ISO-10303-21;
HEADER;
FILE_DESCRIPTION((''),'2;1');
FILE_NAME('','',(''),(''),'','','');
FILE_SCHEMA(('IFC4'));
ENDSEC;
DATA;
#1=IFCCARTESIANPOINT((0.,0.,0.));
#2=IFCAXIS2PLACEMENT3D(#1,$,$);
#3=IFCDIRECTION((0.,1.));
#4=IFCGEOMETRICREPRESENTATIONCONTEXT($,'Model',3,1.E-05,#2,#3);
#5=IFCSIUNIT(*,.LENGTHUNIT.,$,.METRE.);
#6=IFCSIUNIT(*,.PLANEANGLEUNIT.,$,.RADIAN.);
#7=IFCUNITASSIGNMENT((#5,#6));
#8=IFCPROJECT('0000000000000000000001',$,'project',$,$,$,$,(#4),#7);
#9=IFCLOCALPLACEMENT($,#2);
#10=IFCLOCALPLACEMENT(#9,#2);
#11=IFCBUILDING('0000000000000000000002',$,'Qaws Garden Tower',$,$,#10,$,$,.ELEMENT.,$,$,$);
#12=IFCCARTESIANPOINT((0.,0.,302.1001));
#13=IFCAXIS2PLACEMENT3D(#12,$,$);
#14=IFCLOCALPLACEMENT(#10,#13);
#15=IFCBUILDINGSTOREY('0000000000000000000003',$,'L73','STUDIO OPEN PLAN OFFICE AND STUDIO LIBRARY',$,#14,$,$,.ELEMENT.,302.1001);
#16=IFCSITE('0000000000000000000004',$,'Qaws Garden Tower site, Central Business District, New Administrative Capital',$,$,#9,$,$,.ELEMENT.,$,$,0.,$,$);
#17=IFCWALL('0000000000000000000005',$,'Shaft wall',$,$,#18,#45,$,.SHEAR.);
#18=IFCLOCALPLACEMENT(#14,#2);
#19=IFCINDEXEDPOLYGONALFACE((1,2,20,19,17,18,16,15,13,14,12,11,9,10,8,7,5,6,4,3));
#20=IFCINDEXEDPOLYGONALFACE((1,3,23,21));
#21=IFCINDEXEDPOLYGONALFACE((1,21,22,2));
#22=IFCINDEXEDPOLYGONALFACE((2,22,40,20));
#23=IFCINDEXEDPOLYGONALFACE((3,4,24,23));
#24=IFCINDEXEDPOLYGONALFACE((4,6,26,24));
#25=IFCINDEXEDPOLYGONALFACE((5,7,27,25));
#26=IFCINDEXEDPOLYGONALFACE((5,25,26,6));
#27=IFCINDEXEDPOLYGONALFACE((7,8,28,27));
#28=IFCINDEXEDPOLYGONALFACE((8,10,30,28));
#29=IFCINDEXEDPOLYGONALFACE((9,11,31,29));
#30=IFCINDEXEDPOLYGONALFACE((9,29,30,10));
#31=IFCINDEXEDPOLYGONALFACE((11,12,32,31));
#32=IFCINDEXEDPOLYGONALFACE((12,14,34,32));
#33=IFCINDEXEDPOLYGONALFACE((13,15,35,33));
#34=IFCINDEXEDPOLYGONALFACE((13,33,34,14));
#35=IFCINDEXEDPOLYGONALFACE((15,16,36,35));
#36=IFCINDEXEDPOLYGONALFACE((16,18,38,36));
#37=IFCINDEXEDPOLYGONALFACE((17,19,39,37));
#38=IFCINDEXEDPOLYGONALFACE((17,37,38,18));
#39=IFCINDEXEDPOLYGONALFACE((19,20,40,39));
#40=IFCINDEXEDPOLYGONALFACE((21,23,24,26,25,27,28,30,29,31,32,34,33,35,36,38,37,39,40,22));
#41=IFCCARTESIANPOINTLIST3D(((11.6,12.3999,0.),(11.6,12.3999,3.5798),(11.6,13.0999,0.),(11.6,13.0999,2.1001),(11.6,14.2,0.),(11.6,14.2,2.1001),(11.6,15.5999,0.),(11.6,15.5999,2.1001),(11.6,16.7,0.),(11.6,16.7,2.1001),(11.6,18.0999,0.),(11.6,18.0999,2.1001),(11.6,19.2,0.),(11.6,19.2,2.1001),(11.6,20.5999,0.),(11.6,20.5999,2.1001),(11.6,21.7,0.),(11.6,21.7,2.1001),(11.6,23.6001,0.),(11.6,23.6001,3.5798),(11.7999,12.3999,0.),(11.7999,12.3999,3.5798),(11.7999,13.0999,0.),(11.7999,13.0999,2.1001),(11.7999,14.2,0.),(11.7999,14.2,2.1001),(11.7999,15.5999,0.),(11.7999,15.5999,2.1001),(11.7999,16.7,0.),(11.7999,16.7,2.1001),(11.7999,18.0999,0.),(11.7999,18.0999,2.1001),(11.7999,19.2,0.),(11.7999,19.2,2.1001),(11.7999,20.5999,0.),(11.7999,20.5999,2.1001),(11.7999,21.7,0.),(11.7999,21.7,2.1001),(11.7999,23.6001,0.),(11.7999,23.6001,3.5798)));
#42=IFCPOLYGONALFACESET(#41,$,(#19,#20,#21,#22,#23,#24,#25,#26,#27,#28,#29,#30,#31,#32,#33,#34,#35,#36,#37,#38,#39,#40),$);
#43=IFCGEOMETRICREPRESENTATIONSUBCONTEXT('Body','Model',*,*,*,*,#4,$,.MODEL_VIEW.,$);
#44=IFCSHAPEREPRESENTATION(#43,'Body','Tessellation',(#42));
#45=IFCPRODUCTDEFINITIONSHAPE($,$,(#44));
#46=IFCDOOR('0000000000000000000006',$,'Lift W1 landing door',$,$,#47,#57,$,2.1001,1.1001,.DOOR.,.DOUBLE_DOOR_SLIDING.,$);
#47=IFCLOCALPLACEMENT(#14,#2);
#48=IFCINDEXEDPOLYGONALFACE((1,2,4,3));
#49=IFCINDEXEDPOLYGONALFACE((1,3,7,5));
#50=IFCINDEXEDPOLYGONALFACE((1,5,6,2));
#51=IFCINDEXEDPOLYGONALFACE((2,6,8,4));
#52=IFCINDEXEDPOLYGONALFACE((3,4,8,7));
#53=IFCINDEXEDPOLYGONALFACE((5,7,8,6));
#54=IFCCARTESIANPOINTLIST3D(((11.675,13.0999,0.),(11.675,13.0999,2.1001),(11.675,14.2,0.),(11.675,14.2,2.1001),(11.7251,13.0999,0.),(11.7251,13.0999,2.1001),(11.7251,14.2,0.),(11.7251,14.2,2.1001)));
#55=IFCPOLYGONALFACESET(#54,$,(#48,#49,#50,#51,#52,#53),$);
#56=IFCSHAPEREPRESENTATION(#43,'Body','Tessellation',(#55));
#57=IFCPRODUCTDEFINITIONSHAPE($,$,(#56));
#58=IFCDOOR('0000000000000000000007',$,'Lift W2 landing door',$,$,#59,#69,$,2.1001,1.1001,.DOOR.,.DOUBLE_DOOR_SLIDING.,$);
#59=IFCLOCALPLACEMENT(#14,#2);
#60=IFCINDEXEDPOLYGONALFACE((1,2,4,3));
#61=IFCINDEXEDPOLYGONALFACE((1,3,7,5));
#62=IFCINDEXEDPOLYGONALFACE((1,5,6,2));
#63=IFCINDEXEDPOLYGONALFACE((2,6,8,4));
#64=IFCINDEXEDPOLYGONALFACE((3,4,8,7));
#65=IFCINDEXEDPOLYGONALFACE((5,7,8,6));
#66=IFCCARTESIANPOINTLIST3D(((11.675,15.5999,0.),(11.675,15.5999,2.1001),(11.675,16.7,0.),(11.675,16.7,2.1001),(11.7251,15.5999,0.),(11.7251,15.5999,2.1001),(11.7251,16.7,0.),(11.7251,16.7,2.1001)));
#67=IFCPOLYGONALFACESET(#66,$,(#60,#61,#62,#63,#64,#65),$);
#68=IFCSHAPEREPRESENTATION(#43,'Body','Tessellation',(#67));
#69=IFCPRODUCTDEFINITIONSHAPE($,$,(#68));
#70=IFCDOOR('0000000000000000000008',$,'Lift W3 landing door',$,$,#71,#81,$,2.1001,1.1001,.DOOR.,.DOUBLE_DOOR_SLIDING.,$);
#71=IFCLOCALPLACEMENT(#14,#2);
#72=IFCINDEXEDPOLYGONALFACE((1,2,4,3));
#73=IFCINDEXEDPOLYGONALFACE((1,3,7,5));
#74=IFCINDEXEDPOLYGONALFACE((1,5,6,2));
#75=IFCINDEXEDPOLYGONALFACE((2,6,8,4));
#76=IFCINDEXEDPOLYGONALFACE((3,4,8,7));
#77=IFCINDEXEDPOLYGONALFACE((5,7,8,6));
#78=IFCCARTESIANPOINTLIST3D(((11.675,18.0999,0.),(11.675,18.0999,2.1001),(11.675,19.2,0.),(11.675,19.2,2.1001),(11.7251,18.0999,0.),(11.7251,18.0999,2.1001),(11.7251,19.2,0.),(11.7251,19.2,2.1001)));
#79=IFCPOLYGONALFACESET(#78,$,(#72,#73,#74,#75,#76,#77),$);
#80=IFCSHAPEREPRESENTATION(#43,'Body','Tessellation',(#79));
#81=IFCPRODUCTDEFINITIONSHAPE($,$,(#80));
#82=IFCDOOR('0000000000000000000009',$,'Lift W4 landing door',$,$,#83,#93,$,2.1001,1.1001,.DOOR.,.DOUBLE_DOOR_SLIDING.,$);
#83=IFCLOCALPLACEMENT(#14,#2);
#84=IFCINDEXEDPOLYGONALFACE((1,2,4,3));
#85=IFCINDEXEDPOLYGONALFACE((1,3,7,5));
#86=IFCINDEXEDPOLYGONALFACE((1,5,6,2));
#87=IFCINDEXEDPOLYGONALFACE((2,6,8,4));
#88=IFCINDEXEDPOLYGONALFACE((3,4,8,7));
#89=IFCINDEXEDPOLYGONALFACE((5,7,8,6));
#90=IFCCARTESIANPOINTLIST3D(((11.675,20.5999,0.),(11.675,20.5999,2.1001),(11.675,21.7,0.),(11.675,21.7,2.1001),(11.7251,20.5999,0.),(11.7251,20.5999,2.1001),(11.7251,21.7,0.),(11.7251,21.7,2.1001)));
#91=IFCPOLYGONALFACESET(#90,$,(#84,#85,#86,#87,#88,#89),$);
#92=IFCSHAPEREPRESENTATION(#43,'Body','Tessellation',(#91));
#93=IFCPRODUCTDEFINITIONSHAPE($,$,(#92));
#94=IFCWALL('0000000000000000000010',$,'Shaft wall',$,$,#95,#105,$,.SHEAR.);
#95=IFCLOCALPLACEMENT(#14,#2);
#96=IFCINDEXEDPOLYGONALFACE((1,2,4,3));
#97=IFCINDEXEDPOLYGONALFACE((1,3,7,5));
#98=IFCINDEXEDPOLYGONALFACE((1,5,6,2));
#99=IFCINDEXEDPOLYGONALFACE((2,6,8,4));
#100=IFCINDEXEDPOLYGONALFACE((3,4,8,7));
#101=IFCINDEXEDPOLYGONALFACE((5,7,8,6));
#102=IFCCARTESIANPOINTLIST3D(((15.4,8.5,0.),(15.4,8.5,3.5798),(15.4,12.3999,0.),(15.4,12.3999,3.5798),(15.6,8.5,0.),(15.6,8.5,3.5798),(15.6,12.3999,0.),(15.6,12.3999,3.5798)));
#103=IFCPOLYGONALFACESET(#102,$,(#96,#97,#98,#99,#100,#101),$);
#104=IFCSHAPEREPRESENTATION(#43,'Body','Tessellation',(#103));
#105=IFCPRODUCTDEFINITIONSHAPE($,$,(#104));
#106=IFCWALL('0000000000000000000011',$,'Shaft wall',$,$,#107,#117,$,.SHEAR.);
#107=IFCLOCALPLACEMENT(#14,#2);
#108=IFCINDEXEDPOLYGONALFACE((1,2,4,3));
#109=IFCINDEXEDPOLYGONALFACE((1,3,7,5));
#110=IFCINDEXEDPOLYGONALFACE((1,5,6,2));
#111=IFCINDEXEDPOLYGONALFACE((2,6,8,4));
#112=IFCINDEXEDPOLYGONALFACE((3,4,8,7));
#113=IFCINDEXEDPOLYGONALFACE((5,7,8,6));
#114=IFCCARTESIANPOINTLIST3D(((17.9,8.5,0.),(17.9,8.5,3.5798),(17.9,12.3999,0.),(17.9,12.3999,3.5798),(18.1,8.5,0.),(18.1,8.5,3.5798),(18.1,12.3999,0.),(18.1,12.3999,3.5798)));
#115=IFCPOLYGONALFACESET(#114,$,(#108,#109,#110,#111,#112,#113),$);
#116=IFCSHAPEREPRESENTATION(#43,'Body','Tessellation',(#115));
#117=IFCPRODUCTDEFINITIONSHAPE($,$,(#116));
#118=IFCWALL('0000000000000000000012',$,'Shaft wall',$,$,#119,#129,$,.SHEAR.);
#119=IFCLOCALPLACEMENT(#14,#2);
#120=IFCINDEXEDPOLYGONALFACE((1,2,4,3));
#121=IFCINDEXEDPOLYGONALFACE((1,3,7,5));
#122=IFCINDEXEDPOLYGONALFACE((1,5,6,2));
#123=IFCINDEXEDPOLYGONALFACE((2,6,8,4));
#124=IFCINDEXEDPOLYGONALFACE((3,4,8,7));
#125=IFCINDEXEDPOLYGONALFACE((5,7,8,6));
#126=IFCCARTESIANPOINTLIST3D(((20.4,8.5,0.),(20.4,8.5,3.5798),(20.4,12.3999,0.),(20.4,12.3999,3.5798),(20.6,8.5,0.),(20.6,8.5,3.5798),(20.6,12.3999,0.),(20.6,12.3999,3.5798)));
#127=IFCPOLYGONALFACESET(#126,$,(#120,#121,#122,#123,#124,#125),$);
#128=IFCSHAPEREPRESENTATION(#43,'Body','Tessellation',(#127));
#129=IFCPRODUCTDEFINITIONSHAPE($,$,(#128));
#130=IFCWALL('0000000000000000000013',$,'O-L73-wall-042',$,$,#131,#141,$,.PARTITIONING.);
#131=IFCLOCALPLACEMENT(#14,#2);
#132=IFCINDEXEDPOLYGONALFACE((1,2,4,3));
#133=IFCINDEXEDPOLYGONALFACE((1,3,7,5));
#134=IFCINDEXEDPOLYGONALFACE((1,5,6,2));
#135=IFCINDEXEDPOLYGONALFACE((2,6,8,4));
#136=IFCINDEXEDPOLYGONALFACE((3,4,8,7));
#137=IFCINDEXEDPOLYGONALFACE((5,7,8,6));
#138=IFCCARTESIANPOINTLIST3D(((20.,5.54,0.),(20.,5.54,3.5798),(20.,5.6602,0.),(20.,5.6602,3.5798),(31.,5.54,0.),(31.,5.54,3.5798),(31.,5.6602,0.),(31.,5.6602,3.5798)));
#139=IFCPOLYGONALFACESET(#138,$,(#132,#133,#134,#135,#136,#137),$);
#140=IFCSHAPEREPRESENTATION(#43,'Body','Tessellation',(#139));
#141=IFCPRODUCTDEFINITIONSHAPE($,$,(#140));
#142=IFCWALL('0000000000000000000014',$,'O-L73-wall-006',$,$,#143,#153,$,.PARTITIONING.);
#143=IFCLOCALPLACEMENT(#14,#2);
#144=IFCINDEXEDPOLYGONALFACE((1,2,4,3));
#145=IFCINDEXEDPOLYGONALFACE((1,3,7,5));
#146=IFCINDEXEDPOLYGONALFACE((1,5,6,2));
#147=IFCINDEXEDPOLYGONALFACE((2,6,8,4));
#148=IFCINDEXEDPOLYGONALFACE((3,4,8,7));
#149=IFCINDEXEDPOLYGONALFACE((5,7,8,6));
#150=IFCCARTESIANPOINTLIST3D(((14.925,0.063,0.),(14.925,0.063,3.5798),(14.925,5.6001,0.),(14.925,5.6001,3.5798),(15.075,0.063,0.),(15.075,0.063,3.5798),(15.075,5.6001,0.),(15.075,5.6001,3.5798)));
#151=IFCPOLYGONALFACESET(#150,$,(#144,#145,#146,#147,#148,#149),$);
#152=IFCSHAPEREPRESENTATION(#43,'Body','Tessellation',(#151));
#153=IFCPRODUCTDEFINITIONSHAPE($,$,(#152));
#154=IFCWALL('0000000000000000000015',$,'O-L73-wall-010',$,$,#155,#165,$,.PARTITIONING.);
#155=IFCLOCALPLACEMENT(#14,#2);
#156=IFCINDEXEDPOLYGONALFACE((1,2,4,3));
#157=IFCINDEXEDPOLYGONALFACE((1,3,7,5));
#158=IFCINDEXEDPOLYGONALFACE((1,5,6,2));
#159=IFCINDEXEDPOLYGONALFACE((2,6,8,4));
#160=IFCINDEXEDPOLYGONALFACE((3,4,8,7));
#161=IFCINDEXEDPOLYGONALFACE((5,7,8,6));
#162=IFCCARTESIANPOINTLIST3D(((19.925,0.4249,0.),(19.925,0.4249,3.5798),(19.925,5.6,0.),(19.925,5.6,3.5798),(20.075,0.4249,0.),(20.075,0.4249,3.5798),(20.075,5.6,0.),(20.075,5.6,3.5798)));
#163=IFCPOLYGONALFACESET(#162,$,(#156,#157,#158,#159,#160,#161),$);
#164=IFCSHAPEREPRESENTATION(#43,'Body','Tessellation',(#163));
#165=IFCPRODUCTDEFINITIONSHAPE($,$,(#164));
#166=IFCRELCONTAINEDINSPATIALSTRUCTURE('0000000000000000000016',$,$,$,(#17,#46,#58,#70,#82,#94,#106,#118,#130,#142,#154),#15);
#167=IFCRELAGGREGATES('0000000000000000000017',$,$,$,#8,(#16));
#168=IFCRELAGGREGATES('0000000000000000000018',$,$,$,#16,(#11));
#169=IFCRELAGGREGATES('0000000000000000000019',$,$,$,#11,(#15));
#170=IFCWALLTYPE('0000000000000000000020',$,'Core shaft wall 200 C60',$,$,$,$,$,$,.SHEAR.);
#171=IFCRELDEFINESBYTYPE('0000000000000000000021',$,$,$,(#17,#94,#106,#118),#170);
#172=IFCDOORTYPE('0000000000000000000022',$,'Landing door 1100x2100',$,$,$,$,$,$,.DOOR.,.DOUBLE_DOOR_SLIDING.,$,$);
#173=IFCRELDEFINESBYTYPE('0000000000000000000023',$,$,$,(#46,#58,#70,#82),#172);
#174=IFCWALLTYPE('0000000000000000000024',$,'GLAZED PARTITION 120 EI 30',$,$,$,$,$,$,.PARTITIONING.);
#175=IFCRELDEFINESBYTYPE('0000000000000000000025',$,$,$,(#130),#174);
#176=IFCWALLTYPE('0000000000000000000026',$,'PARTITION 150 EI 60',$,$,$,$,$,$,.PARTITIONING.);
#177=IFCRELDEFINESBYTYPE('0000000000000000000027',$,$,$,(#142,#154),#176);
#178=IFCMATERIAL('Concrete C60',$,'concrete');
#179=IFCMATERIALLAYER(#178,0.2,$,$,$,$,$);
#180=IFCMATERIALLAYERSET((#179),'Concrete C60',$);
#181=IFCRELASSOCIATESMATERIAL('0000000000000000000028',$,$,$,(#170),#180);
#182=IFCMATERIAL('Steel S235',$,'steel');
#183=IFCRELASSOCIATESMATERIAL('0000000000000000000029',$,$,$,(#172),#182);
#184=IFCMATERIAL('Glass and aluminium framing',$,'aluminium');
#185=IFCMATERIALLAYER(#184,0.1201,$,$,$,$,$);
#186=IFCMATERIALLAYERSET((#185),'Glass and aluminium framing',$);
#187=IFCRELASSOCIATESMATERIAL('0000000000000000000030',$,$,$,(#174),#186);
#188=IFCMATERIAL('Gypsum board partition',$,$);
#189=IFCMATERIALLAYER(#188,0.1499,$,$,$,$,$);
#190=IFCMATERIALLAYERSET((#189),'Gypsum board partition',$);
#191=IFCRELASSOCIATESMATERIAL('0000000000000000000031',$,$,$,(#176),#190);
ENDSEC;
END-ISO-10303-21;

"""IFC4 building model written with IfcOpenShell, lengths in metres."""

from ifc_helpers import new_model, si_unit, direction, frame, frame_2d, origin, place, context, subcontext, project, spatial, rectangle, extrude, material, layer, layer_set, type_object, element, fill, save


model = new_model("IFC4")

# Units and contexts
model_context = context("Model", 3, precision=1e-05, world=origin(), true_north=direction((0.0, 1.0)))
body_context = subcontext(model_context, "Body", "Model", "MODEL_VIEW")
ifc_project = project(units=[si_unit("LENGTHUNIT", "METRE"), si_unit("PLANEANGLEUNIT", "RADIAN")], contexts=[model_context])

# Site, building, storey
site_placement = place(None, origin())
site = spatial("IfcSite", under=ifc_project, at=site_placement, Name="Qaws Garden Tower site, Central Business District, New Administrative Capital", CompositionType="ELEMENT", RefElevation=0.0)
building_placement = place(site_placement, origin())
building = spatial("IfcBuilding", under=site, at=building_placement, Name="Qaws Garden Tower", CompositionType="ELEMENT")
storey_placement = place(building_placement, frame((0.0, 0.0, 302.1001)))
storey = spatial("IfcBuildingStorey", under=building, at=storey_placement, Name="L73", Description="STUDIO OPEN PLAN OFFICE AND STUDIO LIBRARY", CompositionType="ELEMENT", Elevation=302.1001)

# Wall, openings, doors
ifc_material_1 = material(Name="Concrete C60", Category="concrete")
ifc_layer_1 = layer(ifc_material_1, 0.2)
ifc_layer_set_1 = layer_set([ifc_layer_1], Name="Concrete C60")
wall_type_1 = type_object("IfcWallType", Name="Core shaft wall 200 C60", PredefinedType="SHEAR", material=ifc_layer_set_1)
wall_1_placement = place(storey_placement, frame((11.7, 12.3999, 0.0), z_axis=(0.0, 0.0, 1.0), x_axis=(0.0, 1.0, 0.0)))
wall_1 = element("IfcWall", 1, at=wall_1_placement, inside=storey, type_object=wall_type_1, Name="Shaft wall", PredefinedType="SHEAR", context=body_context, shape_type="SweptSolid", body=[
    extrude(rectangle(XDim=11.2002, YDim=0.2, at=frame_2d((5.6001, 0.0))), origin(), (0.0, 0.0, 1.0), 3.5798),
])
opening_1_placement = place(wall_1_placement, frame((0.7, 0.0, 0.0)))
opening_1 = element("IfcOpeningElement", 2, at=opening_1_placement, cuts=wall_1, PredefinedType="OPENING", context=body_context, shape_type="SweptSolid", body=[
    extrude(rectangle(XDim=1.1001, YDim=2.1001, at=frame_2d((0.55, 1.05))), frame((0.0, 0.1099, 0.0), z_axis=(0.0, -1.0, 0.0), x_axis=(1.0, 0.0, 0.0)), (0.0, 0.0, 1.0), 0.22),
])
opening_2_placement = place(wall_1_placement, frame((3.2, 0.0, 0.0)))
opening_2 = element("IfcOpeningElement", 3, at=opening_2_placement, cuts=wall_1, PredefinedType="OPENING", context=body_context, shape_type="SweptSolid", body=[
    extrude(rectangle(XDim=1.1001, YDim=2.1001, at=frame_2d((0.55, 1.05))), frame((0.0, 0.1099, 0.0), z_axis=(0.0, -1.0, 0.0), x_axis=(1.0, 0.0, 0.0)), (0.0, 0.0, 1.0), 0.22),
])
opening_3_placement = place(wall_1_placement, frame((5.7, 0.0, 0.0)))
opening_3 = element("IfcOpeningElement", 4, at=opening_3_placement, cuts=wall_1, PredefinedType="OPENING", context=body_context, shape_type="SweptSolid", body=[
    extrude(rectangle(XDim=1.1001, YDim=2.1001, at=frame_2d((0.55, 1.05))), frame((0.0, 0.1099, 0.0), z_axis=(0.0, -1.0, 0.0), x_axis=(1.0, 0.0, 0.0)), (0.0, 0.0, 1.0), 0.22),
])
opening_4_placement = place(wall_1_placement, frame((8.2, 0.0, 0.0)))
opening_4 = element("IfcOpeningElement", 5, at=opening_4_placement, cuts=wall_1, PredefinedType="OPENING", context=body_context, shape_type="SweptSolid", body=[
    extrude(rectangle(XDim=1.1001, YDim=2.1001, at=frame_2d((0.55, 1.05))), frame((0.0, 0.1099, 0.0), z_axis=(0.0, -1.0, 0.0), x_axis=(1.0, 0.0, 0.0)), (0.0, 0.0, 1.0), 0.22),
])
ifc_material_2 = material(Name="Steel S235", Category="steel")
door_type_1 = type_object("IfcDoorType", Name="Landing door 1100x2100", OperationType="DOUBLE_DOOR_SLIDING", PredefinedType="DOOR", material=ifc_material_2)
door_1_placement = place(opening_1_placement, origin())
door_1 = element("IfcDoor", 6, at=door_1_placement, inside=storey, type_object=door_type_1, Name="Lift W1 landing door", OperationType="DOUBLE_DOOR_SLIDING", OverallHeight=2.1001, OverallWidth=1.1001, PredefinedType="DOOR", context=body_context, shape_type="SweptSolid", body=[
    extrude(rectangle(XDim=1.1001, YDim=2.1001, at=frame_2d((0.55, 1.05))), frame((0.0, 0.0249, 0.0), z_axis=(0.0, -1.0, 0.0), x_axis=(1.0, 0.0, 0.0)), (0.0, 0.0, 1.0), 0.05),
])
fill(opening_1, door_1)
door_2_placement = place(opening_2_placement, origin())
door_2 = element("IfcDoor", 7, at=door_2_placement, inside=storey, type_object=door_type_1, Name="Lift W2 landing door", OperationType="DOUBLE_DOOR_SLIDING", OverallHeight=2.1001, OverallWidth=1.1001, PredefinedType="DOOR", context=body_context, shape_type="SweptSolid", body=[
    extrude(rectangle(XDim=1.1001, YDim=2.1001, at=frame_2d((0.55, 1.05))), frame((0.0, 0.0249, 0.0), z_axis=(0.0, -1.0, 0.0), x_axis=(1.0, 0.0, 0.0)), (0.0, 0.0, 1.0), 0.05),
])
fill(opening_2, door_2)
door_3_placement = place(opening_3_placement, origin())
door_3 = element("IfcDoor", 8, at=door_3_placement, inside=storey, type_object=door_type_1, Name="Lift W3 landing door", OperationType="DOUBLE_DOOR_SLIDING", OverallHeight=2.1001, OverallWidth=1.1001, PredefinedType="DOOR", context=body_context, shape_type="SweptSolid", body=[
    extrude(rectangle(XDim=1.1001, YDim=2.1001, at=frame_2d((0.55, 1.05))), frame((0.0, 0.0249, 0.0), z_axis=(0.0, -1.0, 0.0), x_axis=(1.0, 0.0, 0.0)), (0.0, 0.0, 1.0), 0.05),
])
fill(opening_3, door_3)
door_4_placement = place(opening_4_placement, origin())
door_4 = element("IfcDoor", 9, at=door_4_placement, inside=storey, type_object=door_type_1, Name="Lift W4 landing door", OperationType="DOUBLE_DOOR_SLIDING", OverallHeight=2.1001, OverallWidth=1.1001, PredefinedType="DOOR", context=body_context, shape_type="SweptSolid", body=[
    extrude(rectangle(XDim=1.1001, YDim=2.1001, at=frame_2d((0.55, 1.05))), frame((0.0, 0.0249, 0.0), z_axis=(0.0, -1.0, 0.0), x_axis=(1.0, 0.0, 0.0)), (0.0, 0.0, 1.0), 0.05),
])
fill(opening_4, door_4)

# Walls
for number, where, z_axis, x_axis, name in (
    (10, (15.5, 8.5, 0.0), (0.0, 0.0, 1.0), (0.0, 1.0, 0.0), "Shaft wall"),
    (11, (18.0, 8.5, 0.0), (0.0, 0.0, 1.0), (0.0, 1.0, 0.0), "Shaft wall"),
    (12, (20.5, 8.5, 0.0), (0.0, 0.0, 1.0), (0.0, 1.0, 0.0), "Shaft wall"),
):
    element("IfcWall", number, at=place(storey_placement, frame(where, z_axis=z_axis, x_axis=x_axis)), inside=storey, type_object=wall_type_1, Name=name, PredefinedType="SHEAR", context=body_context, shape_type="SweptSolid", body=[
        extrude(rectangle(XDim=3.8999, YDim=0.2, at=frame_2d((1.95, 0.0))), origin(), (0.0, 0.0, 1.0), 3.5798),
    ])
ifc_material_3 = material(Name="Glass and aluminium framing", Category="aluminium")
ifc_layer_2 = layer(ifc_material_3, 0.1201)
ifc_layer_set_2 = layer_set([ifc_layer_2], Name="Glass and aluminium framing")
wall_type_2 = type_object("IfcWallType", Name="GLAZED PARTITION 120 EI 30", PredefinedType="PARTITIONING", material=ifc_layer_set_2)
wall_2_placement = place(storey_placement, frame((20.0, 5.6001, 0.0), z_axis=(0.0, 0.0, 1.0), x_axis=(1.0, 0.0, 0.0)))
element("IfcWall", 13, at=wall_2_placement, inside=storey, type_object=wall_type_2, Name="O-L73-wall-042", PredefinedType="PARTITIONING", context=body_context, shape_type="SweptSolid", body=[
    extrude(rectangle(XDim=11.0, YDim=0.1201, at=frame_2d((5.5, 0.0))), origin(), (0.0, 0.0, 1.0), 3.5798),
])
ifc_material_4 = material(Name="Gypsum board partition")
ifc_layer_3 = layer(ifc_material_4, 0.1499)
ifc_layer_set_3 = layer_set([ifc_layer_3], Name="Gypsum board partition")
wall_type_3 = type_object("IfcWallType", Name="PARTITION 150 EI 60", PredefinedType="PARTITIONING", material=ifc_layer_set_3)
wall_3_placement = place(storey_placement, frame((15.0, 0.063, 0.0), z_axis=(0.0, 0.0, 1.0), x_axis=(0.0, 1.0, 0.0)))
element("IfcWall", 14, at=wall_3_placement, inside=storey, type_object=wall_type_3, Name="O-L73-wall-006", PredefinedType="PARTITIONING", context=body_context, shape_type="SweptSolid", body=[
    extrude(rectangle(XDim=5.5371, YDim=0.1499, at=frame_2d((2.7686, 0.0))), origin(), (0.0, 0.0, 1.0), 3.5798),
])
wall_4_placement = place(storey_placement, frame((20.0, 0.425, 0.0), z_axis=(0.0, 0.0, 1.0), x_axis=(0.0, 1.0, 0.0)))
element("IfcWall", 15, at=wall_4_placement, inside=storey, type_object=wall_type_3, Name="O-L73-wall-010", PredefinedType="PARTITIONING", context=body_context, shape_type="SweptSolid", body=[
    extrude(rectangle(XDim=5.175, YDim=0.1499, at=frame_2d((2.5874, 0.0))), origin(), (0.0, 0.0, 1.0), 3.5798),
])

save(model, "model.ifc")
